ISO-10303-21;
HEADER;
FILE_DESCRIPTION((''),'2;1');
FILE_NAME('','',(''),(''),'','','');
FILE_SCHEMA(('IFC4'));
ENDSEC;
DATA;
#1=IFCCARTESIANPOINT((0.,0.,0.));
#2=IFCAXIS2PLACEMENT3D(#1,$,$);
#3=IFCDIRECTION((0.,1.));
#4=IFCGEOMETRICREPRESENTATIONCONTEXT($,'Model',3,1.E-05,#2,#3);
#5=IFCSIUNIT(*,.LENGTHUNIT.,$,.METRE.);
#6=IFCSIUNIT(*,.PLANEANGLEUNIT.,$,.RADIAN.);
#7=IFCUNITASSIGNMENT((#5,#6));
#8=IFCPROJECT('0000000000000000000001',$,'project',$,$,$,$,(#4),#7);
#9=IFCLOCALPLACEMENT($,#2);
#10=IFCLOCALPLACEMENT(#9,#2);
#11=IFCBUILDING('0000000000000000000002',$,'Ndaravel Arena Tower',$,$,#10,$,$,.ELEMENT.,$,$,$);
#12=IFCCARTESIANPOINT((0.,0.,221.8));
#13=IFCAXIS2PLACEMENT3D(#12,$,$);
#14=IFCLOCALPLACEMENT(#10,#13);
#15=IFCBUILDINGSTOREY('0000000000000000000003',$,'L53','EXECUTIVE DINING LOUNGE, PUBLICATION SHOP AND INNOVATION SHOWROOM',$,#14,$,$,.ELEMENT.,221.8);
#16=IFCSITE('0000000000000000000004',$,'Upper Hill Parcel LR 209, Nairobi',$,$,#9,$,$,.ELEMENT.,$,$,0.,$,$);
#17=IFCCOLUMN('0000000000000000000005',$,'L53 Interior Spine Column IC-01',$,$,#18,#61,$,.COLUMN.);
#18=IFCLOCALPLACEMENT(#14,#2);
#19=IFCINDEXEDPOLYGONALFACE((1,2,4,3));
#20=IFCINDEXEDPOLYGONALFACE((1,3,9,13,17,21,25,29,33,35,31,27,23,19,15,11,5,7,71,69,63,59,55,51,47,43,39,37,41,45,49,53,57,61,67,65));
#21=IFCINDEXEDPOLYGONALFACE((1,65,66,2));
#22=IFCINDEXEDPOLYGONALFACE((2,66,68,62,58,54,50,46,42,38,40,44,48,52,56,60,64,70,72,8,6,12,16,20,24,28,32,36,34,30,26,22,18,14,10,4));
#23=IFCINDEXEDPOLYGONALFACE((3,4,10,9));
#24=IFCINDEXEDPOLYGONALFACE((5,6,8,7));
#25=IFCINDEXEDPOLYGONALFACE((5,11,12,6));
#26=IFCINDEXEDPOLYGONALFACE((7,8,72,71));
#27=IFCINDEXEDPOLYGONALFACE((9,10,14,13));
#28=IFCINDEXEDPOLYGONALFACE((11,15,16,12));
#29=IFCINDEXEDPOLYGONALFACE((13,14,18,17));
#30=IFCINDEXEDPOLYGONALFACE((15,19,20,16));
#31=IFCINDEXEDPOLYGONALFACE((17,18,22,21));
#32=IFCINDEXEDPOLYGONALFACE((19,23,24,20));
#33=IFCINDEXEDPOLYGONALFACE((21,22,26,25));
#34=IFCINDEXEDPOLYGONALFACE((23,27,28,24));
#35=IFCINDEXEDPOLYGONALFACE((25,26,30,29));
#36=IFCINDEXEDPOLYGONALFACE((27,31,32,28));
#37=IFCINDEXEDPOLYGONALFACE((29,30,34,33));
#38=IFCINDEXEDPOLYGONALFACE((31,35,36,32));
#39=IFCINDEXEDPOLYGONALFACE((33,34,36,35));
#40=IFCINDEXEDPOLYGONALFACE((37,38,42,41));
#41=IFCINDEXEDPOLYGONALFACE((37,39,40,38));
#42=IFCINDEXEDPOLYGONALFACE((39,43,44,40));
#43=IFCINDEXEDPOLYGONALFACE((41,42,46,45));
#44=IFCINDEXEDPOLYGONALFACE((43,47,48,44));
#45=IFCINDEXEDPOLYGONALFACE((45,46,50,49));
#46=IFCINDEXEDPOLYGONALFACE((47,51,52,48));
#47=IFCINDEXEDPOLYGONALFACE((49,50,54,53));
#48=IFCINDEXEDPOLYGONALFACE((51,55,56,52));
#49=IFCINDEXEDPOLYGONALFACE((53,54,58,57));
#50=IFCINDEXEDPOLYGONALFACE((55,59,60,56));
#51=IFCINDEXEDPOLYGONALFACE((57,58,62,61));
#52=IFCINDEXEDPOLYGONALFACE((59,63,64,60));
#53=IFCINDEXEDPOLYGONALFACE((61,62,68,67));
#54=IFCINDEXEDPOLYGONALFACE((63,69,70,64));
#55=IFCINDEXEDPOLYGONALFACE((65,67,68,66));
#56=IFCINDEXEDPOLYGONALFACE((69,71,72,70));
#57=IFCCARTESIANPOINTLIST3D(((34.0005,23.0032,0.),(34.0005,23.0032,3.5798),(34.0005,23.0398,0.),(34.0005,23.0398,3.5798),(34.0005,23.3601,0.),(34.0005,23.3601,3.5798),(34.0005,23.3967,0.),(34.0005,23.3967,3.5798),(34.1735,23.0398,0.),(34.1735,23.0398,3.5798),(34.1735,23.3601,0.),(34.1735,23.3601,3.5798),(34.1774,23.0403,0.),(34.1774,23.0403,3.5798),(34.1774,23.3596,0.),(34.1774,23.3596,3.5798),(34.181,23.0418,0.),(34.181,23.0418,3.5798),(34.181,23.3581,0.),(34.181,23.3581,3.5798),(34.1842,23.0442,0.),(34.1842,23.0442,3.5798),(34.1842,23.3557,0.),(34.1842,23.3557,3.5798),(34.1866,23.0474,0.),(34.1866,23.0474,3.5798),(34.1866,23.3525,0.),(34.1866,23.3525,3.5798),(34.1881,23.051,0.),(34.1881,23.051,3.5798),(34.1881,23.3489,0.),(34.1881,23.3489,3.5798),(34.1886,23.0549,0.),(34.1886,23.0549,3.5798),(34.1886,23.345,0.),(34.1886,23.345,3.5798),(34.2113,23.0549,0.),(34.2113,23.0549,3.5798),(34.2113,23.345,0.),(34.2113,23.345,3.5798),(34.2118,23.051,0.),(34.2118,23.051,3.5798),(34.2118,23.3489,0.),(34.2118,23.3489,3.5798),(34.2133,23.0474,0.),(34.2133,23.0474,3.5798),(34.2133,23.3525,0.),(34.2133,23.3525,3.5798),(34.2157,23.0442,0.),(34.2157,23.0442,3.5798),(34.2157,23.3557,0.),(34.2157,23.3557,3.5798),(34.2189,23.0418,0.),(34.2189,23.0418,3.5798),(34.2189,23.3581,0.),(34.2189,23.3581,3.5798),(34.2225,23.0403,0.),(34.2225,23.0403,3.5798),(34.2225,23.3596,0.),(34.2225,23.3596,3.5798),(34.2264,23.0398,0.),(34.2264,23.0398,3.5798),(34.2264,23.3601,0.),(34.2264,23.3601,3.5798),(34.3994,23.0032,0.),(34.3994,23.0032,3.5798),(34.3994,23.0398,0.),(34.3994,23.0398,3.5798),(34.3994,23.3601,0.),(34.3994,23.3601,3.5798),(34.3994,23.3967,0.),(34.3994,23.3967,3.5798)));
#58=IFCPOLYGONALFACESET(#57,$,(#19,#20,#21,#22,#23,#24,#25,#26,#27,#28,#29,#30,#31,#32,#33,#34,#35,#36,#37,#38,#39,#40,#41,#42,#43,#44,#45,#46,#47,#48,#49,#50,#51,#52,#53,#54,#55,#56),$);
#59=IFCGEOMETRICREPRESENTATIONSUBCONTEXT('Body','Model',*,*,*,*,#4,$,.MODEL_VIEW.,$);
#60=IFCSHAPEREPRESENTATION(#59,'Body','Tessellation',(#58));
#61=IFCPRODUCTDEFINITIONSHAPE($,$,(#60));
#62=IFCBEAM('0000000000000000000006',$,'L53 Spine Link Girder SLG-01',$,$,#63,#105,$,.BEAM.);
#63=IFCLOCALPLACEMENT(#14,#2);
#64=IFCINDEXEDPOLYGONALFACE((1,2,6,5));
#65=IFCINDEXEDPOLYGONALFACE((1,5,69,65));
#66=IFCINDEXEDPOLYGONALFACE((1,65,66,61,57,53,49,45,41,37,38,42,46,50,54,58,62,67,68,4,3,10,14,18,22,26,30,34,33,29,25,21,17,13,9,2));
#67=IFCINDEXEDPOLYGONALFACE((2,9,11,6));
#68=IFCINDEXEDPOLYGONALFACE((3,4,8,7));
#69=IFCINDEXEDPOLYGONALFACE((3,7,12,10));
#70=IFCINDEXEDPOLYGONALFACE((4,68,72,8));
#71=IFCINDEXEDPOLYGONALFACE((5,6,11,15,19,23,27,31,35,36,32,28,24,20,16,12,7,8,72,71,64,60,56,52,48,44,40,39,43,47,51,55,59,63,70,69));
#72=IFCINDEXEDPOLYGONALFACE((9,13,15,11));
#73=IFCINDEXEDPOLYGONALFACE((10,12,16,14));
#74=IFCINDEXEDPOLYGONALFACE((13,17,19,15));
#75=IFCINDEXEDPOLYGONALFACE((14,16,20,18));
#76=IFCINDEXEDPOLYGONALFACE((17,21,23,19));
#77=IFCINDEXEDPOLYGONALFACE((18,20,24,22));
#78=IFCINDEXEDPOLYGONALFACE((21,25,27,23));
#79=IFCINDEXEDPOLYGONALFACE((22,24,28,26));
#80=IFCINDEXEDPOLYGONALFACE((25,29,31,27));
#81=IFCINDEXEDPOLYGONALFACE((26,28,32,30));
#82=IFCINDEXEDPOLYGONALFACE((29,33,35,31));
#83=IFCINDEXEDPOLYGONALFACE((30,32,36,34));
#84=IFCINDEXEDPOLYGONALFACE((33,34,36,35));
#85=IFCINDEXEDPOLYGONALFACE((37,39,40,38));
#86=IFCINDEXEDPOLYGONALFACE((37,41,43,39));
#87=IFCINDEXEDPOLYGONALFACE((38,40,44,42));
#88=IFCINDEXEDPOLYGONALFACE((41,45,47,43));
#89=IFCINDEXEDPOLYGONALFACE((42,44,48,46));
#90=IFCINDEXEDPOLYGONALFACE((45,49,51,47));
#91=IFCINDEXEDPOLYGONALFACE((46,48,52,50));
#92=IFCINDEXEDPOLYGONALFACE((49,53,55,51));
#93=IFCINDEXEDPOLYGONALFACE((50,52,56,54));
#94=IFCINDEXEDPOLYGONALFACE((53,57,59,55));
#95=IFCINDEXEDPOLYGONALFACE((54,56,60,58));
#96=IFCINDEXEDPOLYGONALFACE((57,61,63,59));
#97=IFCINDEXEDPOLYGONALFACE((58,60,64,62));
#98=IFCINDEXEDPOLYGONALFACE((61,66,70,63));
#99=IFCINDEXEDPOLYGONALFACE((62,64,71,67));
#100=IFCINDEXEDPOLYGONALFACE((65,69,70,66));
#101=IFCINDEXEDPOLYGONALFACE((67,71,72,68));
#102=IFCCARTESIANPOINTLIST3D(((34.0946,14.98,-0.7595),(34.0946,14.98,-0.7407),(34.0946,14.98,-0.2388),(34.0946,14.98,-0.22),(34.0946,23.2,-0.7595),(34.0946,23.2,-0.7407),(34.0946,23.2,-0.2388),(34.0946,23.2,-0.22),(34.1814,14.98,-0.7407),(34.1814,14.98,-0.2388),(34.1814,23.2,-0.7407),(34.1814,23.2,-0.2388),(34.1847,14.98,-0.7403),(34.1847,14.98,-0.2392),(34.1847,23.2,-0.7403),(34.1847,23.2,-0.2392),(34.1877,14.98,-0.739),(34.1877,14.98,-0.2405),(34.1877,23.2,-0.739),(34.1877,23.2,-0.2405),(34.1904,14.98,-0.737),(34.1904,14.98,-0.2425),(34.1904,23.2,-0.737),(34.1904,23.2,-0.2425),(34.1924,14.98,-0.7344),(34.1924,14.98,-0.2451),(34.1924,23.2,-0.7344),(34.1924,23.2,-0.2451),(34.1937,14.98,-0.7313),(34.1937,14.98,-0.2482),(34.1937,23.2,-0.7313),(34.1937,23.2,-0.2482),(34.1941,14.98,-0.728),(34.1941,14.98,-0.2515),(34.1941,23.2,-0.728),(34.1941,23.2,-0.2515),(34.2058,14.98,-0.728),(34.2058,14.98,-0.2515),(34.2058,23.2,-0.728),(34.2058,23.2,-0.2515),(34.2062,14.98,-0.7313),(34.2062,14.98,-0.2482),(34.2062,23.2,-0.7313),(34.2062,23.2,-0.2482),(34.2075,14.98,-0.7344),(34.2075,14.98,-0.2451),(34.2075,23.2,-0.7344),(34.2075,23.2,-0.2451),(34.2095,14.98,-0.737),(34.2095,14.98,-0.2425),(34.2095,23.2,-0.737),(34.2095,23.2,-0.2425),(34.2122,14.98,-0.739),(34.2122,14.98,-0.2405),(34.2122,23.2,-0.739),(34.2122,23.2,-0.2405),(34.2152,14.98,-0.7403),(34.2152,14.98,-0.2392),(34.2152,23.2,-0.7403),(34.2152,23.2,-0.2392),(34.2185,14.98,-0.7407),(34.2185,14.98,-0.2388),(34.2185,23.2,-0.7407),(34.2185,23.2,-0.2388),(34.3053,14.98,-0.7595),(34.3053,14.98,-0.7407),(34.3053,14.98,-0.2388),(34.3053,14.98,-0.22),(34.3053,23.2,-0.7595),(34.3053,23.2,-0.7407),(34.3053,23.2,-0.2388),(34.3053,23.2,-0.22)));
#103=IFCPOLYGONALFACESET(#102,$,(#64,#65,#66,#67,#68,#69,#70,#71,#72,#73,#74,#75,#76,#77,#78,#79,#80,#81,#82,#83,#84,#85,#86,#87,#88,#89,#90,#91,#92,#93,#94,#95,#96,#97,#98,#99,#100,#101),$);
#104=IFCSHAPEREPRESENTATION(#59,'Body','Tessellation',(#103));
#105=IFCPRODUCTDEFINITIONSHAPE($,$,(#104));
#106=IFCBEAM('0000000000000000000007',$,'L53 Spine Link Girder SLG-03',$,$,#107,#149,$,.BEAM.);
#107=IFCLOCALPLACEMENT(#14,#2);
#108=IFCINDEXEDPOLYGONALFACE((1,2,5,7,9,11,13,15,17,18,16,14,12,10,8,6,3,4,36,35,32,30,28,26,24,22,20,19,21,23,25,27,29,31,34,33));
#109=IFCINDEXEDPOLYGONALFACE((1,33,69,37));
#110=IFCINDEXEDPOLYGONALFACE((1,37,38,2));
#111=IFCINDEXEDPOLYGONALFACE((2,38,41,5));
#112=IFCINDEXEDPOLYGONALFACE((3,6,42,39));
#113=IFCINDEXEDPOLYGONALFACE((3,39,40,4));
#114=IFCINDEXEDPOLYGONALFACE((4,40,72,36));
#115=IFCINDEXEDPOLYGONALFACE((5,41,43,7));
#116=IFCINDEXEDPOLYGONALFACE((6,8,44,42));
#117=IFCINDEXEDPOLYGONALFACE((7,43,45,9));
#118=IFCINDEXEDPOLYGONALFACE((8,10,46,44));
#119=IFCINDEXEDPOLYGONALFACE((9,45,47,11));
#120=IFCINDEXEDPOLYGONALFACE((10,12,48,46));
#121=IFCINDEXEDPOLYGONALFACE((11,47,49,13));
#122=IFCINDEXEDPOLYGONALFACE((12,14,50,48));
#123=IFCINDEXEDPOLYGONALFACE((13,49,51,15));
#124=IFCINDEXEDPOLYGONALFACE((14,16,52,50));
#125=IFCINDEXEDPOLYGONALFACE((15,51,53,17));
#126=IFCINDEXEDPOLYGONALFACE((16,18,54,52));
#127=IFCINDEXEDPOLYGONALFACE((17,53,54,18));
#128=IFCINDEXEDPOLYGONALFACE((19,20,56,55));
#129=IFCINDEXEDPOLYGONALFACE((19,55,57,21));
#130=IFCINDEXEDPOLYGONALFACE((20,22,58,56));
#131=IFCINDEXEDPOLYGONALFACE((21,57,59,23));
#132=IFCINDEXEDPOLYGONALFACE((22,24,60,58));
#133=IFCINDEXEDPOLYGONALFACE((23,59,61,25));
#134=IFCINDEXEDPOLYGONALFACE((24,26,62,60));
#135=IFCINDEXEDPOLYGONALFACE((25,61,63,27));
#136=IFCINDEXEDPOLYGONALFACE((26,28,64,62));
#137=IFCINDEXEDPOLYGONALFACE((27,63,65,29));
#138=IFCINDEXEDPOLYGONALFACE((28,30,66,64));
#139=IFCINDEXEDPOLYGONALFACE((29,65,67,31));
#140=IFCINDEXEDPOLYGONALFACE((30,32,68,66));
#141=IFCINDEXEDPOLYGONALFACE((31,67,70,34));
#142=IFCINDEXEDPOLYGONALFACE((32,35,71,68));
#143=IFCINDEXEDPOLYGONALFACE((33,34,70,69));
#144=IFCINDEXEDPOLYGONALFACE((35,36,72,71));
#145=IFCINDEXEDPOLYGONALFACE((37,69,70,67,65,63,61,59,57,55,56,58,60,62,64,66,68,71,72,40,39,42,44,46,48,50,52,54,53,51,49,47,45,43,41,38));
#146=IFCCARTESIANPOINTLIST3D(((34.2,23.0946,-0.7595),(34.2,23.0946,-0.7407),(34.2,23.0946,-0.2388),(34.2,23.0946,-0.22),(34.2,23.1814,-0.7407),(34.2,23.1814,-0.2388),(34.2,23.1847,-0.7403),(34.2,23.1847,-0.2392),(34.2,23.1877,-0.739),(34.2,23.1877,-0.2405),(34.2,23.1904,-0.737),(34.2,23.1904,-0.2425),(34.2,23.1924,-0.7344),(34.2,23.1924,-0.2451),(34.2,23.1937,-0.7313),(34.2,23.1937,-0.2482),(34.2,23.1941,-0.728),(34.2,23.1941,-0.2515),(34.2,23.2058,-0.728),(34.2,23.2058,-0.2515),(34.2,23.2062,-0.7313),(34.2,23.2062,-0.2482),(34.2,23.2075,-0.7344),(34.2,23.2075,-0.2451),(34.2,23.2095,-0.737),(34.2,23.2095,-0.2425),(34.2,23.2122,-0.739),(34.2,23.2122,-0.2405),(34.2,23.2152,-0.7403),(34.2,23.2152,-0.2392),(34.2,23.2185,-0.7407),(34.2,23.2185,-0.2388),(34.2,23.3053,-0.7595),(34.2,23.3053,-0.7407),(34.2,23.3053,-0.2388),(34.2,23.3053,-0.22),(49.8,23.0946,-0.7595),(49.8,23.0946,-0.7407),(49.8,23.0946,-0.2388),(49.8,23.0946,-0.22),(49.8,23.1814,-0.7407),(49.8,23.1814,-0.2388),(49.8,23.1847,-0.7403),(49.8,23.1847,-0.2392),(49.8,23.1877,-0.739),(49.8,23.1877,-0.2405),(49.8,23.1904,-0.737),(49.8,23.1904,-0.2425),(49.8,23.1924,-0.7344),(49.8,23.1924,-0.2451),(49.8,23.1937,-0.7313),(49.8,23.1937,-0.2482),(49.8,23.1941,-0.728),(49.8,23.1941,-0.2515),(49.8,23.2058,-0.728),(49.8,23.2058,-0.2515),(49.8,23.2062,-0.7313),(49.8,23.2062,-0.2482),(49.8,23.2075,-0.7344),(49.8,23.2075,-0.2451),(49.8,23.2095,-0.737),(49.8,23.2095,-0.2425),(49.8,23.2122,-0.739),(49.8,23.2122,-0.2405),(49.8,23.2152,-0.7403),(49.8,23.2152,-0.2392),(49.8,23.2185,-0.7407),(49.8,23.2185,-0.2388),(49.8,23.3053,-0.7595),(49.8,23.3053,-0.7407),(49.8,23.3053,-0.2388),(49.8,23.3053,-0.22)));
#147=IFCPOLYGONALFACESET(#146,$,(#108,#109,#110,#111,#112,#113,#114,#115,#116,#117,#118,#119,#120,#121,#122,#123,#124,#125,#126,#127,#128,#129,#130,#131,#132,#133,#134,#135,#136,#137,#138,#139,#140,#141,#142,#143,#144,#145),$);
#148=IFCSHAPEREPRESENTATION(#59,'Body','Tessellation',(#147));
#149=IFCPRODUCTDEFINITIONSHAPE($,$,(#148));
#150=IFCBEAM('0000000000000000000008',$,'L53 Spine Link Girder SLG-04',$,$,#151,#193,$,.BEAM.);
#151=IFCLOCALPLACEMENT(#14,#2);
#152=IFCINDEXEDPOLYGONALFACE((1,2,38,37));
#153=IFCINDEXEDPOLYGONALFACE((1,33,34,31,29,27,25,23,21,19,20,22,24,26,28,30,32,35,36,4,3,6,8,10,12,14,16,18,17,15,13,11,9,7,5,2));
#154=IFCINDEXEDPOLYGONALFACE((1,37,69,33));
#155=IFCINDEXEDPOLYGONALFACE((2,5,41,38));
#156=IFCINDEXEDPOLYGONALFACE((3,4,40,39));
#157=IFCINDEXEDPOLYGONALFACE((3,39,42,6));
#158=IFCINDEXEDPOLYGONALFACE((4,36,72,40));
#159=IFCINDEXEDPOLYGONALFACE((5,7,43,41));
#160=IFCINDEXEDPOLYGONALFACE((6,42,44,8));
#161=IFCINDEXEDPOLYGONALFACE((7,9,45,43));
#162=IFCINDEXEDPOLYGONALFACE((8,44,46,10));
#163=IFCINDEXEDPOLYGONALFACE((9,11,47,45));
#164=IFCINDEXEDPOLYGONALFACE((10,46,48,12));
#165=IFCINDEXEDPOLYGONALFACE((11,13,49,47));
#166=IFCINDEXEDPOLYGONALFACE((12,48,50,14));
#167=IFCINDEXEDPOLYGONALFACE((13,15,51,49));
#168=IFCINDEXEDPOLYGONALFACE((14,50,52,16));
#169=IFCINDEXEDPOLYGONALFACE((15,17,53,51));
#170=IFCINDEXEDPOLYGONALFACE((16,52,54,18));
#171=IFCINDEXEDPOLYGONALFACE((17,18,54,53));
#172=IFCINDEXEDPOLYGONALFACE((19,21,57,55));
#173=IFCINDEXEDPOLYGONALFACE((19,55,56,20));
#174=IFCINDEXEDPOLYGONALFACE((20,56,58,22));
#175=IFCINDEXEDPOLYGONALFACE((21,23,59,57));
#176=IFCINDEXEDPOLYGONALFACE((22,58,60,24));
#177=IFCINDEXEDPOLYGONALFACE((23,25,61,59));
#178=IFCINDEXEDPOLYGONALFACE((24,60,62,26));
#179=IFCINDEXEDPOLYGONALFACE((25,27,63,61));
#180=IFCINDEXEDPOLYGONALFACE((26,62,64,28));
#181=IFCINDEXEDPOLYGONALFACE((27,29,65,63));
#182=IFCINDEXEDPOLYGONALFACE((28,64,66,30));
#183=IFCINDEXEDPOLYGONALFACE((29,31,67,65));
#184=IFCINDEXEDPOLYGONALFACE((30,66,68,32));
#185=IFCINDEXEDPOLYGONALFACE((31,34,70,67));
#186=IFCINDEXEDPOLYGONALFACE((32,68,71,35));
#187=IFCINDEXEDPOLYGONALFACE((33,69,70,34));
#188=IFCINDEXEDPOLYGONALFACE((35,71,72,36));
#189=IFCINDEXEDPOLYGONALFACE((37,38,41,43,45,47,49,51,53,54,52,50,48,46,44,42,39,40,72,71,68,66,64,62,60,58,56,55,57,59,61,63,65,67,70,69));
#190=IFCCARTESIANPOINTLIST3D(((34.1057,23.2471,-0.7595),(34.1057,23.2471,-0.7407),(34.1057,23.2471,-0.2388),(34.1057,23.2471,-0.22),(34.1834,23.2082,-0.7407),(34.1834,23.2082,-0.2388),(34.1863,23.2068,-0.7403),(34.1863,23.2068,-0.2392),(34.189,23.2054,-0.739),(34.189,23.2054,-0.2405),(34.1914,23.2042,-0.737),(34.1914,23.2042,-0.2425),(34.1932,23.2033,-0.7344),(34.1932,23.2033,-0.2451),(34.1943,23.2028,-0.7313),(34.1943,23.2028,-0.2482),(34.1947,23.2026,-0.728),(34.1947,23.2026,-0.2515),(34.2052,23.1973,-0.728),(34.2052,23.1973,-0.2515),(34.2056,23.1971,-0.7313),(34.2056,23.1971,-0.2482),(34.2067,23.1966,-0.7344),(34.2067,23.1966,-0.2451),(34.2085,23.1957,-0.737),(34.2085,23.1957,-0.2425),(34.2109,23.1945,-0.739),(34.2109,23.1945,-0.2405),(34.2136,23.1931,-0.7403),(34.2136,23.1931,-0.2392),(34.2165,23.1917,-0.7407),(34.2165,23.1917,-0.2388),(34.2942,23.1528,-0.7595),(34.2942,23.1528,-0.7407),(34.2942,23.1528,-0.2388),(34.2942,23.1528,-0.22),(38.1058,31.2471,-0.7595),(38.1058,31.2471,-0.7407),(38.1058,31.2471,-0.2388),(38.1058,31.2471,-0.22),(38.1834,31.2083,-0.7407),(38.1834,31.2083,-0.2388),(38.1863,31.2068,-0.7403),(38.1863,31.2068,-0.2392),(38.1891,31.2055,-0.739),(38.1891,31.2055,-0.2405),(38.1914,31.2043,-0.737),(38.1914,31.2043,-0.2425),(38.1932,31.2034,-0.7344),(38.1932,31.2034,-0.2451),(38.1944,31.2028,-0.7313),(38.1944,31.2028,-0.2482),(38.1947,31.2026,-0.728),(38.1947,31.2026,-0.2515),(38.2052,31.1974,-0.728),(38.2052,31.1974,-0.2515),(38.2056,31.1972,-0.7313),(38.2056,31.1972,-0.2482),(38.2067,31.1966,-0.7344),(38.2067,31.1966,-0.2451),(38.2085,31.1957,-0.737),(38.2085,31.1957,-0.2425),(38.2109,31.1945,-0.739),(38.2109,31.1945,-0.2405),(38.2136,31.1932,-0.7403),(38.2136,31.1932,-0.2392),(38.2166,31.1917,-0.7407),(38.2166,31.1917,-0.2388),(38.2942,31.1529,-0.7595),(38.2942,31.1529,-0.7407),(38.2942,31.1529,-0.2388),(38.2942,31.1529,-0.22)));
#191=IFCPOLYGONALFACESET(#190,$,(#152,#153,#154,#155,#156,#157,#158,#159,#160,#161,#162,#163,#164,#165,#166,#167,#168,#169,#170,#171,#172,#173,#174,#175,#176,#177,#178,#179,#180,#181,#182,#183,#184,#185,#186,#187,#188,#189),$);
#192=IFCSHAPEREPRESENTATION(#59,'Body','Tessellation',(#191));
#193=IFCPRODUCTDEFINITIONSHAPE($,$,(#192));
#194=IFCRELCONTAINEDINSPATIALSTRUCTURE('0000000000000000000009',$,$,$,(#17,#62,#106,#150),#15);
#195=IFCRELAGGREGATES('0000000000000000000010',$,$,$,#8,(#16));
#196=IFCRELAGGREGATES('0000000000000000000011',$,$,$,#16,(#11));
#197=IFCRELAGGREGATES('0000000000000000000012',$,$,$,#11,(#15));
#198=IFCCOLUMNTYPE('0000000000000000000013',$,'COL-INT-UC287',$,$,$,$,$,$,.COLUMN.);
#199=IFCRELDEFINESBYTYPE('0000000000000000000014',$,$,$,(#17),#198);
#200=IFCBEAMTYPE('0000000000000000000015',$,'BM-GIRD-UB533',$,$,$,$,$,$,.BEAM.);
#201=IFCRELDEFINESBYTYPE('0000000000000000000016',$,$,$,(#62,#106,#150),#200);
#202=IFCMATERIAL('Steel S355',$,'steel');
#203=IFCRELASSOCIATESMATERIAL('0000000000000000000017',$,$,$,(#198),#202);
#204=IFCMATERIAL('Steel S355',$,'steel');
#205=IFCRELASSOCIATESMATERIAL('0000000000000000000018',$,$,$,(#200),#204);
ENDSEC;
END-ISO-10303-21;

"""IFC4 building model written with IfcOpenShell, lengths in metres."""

from ifc_helpers import new_model, si_unit, direction, frame, origin, origin_2d, place, context, subcontext, project, spatial, i_section, extrude, material, material_profile, profile_set, type_object, element, save


model = new_model("IFC4")

# Units and contexts
model_context = context("Model", 3, precision=1e-05, world=origin(), true_north=direction((0.0, 1.0)))
body_context = subcontext(model_context, "Body", "Model", "MODEL_VIEW")
ifc_project = project(units=[si_unit("LENGTHUNIT", "METRE"), si_unit("PLANEANGLEUNIT", "RADIAN")], contexts=[model_context])

# Site, building, storey
site_placement = place(None, origin())
site = spatial("IfcSite", under=ifc_project, at=site_placement, Name="Upper Hill Parcel LR 209, Nairobi", CompositionType="ELEMENT", RefElevation=0.0)
building_placement = place(site_placement, origin())
building = spatial("IfcBuilding", under=site, at=building_placement, Name="Ndaravel Arena Tower", CompositionType="ELEMENT")
storey_placement = place(building_placement, frame((0.0, 0.0, 221.8)))
storey = spatial("IfcBuildingStorey", under=building, at=storey_placement, Name="L53", Description="EXECUTIVE DINING LOUNGE, PUBLICATION SHOP AND INNOVATION SHOWROOM", CompositionType="ELEMENT", Elevation=221.8)

# Column
ifc_material_1 = material(Name="Steel S355", Category="steel")
ifc_material_profile_1 = material_profile(ifc_material_1, i_section(OverallWidth=0.3989, OverallDepth=0.3936, WebThickness=0.0227, FlangeThickness=0.0366, FilletRadius=0.0151, at=origin_2d()), Name="UC 356x406x287")
ifc_profile_set_1 = profile_set([ifc_material_profile_1], Name="Steel S355")
column_type = type_object("IfcColumnType", Name="COL-INT-UC287", PredefinedType="COLUMN", material=ifc_profile_set_1)
column_placement = place(storey_placement, frame((34.2, 23.2, 0.0), z_axis=(0.0, 0.0, 1.0), x_axis=(1.0, 0.0, 0.0)))
element("IfcColumn", 1, at=column_placement, inside=storey, type_object=column_type, Name="L53 Interior Spine Column IC-01", PredefinedType="COLUMN", context=body_context, shape_type="SweptSolid", body=[
    extrude(i_section(OverallWidth=0.3989, OverallDepth=0.3936, WebThickness=0.0227, FlangeThickness=0.0366, FilletRadius=0.0151, at=origin_2d()), origin(), (0.0, 0.0, 1.0), 3.5798),
])

# Beams
ifc_material_2 = material(Name="Steel S355", Category="steel")
ifc_material_profile_2 = material_profile(ifc_material_2, i_section(OverallWidth=0.2107, OverallDepth=0.5396, WebThickness=0.0117, FlangeThickness=0.0188, FilletRadius=0.0127, at=origin_2d()), Name="UB 533x210x109")
ifc_profile_set_2 = profile_set([ifc_material_profile_2], Name="Steel S355")
beam_type = type_object("IfcBeamType", Name="BM-GIRD-UB533", PredefinedType="BEAM", material=ifc_profile_set_2)
beam_1_placement = place(storey_placement, frame((34.2, 14.98, -0.4897), z_axis=(0.0, 1.0, 0.0), x_axis=(-1.0, 0.0, 0.0)))
element("IfcBeam", 2, at=beam_1_placement, inside=storey, type_object=beam_type, Name="L53 Spine Link Girder SLG-01", PredefinedType="BEAM", context=body_context, shape_type="SweptSolid", body=[
    extrude(i_section(OverallWidth=0.2107, OverallDepth=0.5396, WebThickness=0.0117, FlangeThickness=0.0188, FilletRadius=0.0127, at=origin_2d()), origin(), (0.0, 0.0, 1.0), 8.22),
])
beam_2_placement = place(storey_placement, frame((34.2, 23.2, -0.4897), z_axis=(1.0, 0.0, 0.0), x_axis=(0.0, 1.0, 0.0)))
element("IfcBeam", 3, at=beam_2_placement, inside=storey, type_object=beam_type, Name="L53 Spine Link Girder SLG-03", PredefinedType="BEAM", context=body_context, shape_type="SweptSolid", body=[
    extrude(i_section(OverallWidth=0.2107, OverallDepth=0.5396, WebThickness=0.0117, FlangeThickness=0.0188, FilletRadius=0.0127, at=origin_2d()), origin(), (0.0, 0.0, 1.0), 15.6001),
])
beam_3_placement = place(storey_placement, frame((34.2, 23.2, -0.4897), z_axis=(0.447214, 0.894427, 0.0), x_axis=(-0.894427, 0.447214, 0.0)))
element("IfcBeam", 4, at=beam_3_placement, inside=storey, type_object=beam_type, Name="L53 Spine Link Girder SLG-04", PredefinedType="BEAM", context=body_context, shape_type="SweptSolid", body=[
    extrude(i_section(OverallWidth=0.2107, OverallDepth=0.5396, WebThickness=0.0117, FlangeThickness=0.0188, FilletRadius=0.0127, at=origin_2d()), origin(), (0.0, 0.0, 1.0), 8.9443),
])

save(model, "model.ifc")
